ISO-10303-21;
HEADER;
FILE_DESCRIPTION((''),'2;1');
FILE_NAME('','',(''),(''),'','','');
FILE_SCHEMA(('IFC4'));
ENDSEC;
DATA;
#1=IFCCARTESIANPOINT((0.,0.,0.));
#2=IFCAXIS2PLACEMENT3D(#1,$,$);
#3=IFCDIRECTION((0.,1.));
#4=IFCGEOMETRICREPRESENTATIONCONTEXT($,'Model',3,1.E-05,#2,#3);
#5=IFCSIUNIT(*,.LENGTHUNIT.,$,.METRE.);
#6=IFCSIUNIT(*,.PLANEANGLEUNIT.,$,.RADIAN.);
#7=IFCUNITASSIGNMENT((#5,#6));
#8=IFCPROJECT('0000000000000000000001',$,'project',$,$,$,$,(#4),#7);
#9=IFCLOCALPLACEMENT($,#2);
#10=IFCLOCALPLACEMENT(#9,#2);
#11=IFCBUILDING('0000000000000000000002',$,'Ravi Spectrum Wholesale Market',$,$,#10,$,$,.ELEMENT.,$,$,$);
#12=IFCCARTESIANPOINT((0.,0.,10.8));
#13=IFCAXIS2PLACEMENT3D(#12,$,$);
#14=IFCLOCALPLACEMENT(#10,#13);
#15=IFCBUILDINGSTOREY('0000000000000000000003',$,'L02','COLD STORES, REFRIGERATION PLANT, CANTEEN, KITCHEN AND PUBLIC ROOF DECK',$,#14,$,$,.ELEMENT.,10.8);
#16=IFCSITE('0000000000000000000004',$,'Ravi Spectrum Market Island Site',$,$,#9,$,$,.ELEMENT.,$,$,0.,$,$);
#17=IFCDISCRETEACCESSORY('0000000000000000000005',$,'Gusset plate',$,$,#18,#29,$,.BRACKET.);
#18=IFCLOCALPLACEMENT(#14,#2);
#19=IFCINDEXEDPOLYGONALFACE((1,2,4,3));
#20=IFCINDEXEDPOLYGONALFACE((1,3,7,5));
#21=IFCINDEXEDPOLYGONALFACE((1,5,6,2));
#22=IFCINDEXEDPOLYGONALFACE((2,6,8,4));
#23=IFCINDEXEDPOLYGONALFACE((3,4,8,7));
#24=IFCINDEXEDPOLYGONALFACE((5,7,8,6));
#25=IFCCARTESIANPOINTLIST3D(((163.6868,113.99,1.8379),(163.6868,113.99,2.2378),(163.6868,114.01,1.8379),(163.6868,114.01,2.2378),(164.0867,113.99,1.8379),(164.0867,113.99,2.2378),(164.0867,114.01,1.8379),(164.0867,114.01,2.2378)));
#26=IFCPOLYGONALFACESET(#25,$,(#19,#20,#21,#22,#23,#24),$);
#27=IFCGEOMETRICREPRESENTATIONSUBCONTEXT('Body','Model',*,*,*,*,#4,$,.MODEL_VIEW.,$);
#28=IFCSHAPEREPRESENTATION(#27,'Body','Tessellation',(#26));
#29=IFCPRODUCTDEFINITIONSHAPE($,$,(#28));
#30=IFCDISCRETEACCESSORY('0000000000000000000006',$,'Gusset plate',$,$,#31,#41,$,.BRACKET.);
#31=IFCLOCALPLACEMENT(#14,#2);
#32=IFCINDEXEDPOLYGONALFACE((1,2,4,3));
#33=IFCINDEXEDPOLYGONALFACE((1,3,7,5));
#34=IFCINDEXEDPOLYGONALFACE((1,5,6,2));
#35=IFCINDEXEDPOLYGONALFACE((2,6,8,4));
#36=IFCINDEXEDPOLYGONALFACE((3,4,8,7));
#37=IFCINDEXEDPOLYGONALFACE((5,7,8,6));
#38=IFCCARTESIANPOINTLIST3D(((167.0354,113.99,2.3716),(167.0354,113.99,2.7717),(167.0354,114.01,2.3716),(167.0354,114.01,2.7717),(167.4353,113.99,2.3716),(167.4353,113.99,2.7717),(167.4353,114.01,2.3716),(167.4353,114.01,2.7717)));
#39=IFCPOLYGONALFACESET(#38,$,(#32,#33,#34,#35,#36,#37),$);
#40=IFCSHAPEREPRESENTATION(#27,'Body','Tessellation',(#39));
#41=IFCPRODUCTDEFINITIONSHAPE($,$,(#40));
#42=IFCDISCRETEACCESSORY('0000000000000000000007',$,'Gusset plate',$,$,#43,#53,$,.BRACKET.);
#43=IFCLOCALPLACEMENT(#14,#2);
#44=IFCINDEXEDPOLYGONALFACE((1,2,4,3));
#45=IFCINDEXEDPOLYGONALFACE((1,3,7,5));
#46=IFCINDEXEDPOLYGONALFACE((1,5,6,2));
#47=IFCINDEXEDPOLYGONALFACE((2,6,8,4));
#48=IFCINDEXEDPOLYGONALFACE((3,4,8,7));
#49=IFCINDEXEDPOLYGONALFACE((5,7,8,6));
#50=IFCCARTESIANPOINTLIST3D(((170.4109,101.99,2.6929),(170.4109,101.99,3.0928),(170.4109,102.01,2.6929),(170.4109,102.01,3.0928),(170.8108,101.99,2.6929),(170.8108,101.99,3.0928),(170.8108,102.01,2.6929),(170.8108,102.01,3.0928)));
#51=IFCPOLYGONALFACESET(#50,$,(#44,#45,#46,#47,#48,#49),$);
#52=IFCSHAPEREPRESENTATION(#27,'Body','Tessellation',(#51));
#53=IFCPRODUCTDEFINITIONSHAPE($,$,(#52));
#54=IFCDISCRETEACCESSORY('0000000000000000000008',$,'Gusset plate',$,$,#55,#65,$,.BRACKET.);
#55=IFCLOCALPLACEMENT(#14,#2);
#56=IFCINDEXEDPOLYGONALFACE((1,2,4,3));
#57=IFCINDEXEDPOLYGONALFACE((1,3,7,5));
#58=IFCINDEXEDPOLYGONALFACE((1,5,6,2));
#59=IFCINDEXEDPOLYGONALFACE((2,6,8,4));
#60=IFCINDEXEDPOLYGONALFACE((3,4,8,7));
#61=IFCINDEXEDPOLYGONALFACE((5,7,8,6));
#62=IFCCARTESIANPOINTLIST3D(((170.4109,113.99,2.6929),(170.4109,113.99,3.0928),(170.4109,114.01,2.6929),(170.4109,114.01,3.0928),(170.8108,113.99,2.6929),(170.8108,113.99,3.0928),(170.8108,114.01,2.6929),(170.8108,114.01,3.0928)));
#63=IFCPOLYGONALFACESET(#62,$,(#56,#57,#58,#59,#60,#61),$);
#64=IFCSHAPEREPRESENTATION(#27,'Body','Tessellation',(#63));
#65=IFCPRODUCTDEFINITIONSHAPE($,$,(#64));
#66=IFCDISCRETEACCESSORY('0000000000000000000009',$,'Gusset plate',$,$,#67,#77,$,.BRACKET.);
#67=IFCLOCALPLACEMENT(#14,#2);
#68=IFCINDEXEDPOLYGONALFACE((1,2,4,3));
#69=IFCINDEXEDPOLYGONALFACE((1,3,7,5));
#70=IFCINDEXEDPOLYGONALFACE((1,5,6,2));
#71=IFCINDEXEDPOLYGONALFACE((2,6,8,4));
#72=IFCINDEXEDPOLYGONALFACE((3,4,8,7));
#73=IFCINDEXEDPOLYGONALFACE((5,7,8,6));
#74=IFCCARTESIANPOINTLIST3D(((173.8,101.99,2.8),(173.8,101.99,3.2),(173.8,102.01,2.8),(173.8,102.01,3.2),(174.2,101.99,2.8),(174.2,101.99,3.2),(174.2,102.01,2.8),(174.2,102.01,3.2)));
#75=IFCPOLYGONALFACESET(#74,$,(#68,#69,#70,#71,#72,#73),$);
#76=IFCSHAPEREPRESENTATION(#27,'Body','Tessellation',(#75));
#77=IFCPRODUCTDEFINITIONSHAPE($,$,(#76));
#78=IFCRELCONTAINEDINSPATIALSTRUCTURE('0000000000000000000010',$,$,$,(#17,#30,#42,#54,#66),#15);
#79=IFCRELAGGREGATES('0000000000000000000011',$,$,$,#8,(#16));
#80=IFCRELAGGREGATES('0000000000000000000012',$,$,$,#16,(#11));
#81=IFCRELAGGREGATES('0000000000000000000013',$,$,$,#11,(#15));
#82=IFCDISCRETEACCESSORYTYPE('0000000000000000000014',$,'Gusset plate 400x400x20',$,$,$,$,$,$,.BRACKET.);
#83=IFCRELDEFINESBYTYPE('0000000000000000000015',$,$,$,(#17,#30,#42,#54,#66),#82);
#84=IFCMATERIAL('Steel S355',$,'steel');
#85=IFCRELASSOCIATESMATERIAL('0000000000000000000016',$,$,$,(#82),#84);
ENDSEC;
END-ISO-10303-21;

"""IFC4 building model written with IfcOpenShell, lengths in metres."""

from ifc_helpers import new_model, si_unit, direction, frame, origin, origin_2d, place, context, subcontext, project, spatial, rectangle, extrude, material, material_profile, profile_set, type_object, element, save


model = new_model("IFC4")

# Units and contexts
model_context = context("Model", 3, precision=1e-05, world=origin(), true_north=direction((0.0, 1.0)))
body_context = subcontext(model_context, "Body", "Model", "MODEL_VIEW")
ifc_project = project(units=[si_unit("LENGTHUNIT", "METRE"), si_unit("PLANEANGLEUNIT", "RADIAN")], contexts=[model_context])

# Site, building, storey
site_placement = place(None, origin())
site = spatial("IfcSite", under=ifc_project, at=site_placement, Name="Ravi Spectrum Market Island Site", CompositionType="ELEMENT", RefElevation=0.0)
building_placement = place(site_placement, origin())
building = spatial("IfcBuilding", under=site, at=building_placement, Name="Ravi Spectrum Wholesale Market", CompositionType="ELEMENT")
storey_placement = place(building_placement, frame((0.0, 0.0, 10.8)))
storey = spatial("IfcBuildingStorey", under=building, at=storey_placement, Name="L02", Description="COLD STORES, REFRIGERATION PLANT, CANTEEN, KITCHEN AND PUBLIC ROOF DECK", CompositionType="ELEMENT", Elevation=10.8)

# Discrete accessories
ifc_material_1 = material(Name="Steel S355", Category="steel")
ifc_material_profile_1 = material_profile(ifc_material_1, rectangle(XDim=0.3999, YDim=0.02, at=origin_2d()))
ifc_profile_set_1 = profile_set([ifc_material_profile_1], Name="Steel S355")
discrete_accessory_type_1 = type_object("IfcDiscreteAccessoryType", Name="Gusset plate 400x400x20", PredefinedType="BRACKET", material=ifc_profile_set_1)
for number, where, z_axis, x_axis, name in (
    (1, (163.8867, 114.0, 1.8379), (0.0, 0.0, 1.0), (1.0, 0.0, 0.0), "Gusset plate"),
):
    element("IfcDiscreteAccessory", number, at=place(storey_placement, frame(where, z_axis=z_axis, x_axis=x_axis)), inside=storey, type_object=discrete_accessory_type_1, Name=name, PredefinedType="BRACKET", context=body_context, shape_type="SweptSolid", body=[
        extrude(rectangle(XDim=0.3999, YDim=0.02, at=origin_2d()), origin(), (0.0, 0.0, 1.0), 0.3999),
    ])
discrete_accessory_placement = place(storey_placement, frame((167.2354, 114.0, 2.3716), z_axis=(0.0, 0.0, 1.0), x_axis=(1.0, 0.0, 0.0)))
element("IfcDiscreteAccessory", 2, at=discrete_accessory_placement, inside=storey, type_object=discrete_accessory_type_1, Name="Gusset plate", PredefinedType="BRACKET", context=body_context, shape_type="SweptSolid", body=[
    extrude(rectangle(XDim=0.3999, YDim=0.02, at=origin_2d()), origin(), (0.0, 0.0, 1.0), 0.4001),
])
for number, where, z_axis, x_axis, name in (
    (3, (170.6108, 102.0, 2.6929), (0.0, 0.0, 1.0), (1.0, 0.0, 0.0), "Gusset plate"),
    (4, (170.6108, 114.0, 2.6929), (0.0, 0.0, 1.0), (1.0, 0.0, 0.0), "Gusset plate"),
    (5, (174.0, 102.0, 2.8), (0.0, 0.0, 1.0), (1.0, 0.0, 0.0), "Gusset plate"),
):
    element("IfcDiscreteAccessory", number, at=place(storey_placement, frame(where, z_axis=z_axis, x_axis=x_axis)), inside=storey, type_object=discrete_accessory_type_1, Name=name, PredefinedType="BRACKET", context=body_context, shape_type="SweptSolid", body=[
        extrude(rectangle(XDim=0.3999, YDim=0.02, at=origin_2d()), origin(), (0.0, 0.0, 1.0), 0.3999),
    ])

save(model, "model.ifc")
